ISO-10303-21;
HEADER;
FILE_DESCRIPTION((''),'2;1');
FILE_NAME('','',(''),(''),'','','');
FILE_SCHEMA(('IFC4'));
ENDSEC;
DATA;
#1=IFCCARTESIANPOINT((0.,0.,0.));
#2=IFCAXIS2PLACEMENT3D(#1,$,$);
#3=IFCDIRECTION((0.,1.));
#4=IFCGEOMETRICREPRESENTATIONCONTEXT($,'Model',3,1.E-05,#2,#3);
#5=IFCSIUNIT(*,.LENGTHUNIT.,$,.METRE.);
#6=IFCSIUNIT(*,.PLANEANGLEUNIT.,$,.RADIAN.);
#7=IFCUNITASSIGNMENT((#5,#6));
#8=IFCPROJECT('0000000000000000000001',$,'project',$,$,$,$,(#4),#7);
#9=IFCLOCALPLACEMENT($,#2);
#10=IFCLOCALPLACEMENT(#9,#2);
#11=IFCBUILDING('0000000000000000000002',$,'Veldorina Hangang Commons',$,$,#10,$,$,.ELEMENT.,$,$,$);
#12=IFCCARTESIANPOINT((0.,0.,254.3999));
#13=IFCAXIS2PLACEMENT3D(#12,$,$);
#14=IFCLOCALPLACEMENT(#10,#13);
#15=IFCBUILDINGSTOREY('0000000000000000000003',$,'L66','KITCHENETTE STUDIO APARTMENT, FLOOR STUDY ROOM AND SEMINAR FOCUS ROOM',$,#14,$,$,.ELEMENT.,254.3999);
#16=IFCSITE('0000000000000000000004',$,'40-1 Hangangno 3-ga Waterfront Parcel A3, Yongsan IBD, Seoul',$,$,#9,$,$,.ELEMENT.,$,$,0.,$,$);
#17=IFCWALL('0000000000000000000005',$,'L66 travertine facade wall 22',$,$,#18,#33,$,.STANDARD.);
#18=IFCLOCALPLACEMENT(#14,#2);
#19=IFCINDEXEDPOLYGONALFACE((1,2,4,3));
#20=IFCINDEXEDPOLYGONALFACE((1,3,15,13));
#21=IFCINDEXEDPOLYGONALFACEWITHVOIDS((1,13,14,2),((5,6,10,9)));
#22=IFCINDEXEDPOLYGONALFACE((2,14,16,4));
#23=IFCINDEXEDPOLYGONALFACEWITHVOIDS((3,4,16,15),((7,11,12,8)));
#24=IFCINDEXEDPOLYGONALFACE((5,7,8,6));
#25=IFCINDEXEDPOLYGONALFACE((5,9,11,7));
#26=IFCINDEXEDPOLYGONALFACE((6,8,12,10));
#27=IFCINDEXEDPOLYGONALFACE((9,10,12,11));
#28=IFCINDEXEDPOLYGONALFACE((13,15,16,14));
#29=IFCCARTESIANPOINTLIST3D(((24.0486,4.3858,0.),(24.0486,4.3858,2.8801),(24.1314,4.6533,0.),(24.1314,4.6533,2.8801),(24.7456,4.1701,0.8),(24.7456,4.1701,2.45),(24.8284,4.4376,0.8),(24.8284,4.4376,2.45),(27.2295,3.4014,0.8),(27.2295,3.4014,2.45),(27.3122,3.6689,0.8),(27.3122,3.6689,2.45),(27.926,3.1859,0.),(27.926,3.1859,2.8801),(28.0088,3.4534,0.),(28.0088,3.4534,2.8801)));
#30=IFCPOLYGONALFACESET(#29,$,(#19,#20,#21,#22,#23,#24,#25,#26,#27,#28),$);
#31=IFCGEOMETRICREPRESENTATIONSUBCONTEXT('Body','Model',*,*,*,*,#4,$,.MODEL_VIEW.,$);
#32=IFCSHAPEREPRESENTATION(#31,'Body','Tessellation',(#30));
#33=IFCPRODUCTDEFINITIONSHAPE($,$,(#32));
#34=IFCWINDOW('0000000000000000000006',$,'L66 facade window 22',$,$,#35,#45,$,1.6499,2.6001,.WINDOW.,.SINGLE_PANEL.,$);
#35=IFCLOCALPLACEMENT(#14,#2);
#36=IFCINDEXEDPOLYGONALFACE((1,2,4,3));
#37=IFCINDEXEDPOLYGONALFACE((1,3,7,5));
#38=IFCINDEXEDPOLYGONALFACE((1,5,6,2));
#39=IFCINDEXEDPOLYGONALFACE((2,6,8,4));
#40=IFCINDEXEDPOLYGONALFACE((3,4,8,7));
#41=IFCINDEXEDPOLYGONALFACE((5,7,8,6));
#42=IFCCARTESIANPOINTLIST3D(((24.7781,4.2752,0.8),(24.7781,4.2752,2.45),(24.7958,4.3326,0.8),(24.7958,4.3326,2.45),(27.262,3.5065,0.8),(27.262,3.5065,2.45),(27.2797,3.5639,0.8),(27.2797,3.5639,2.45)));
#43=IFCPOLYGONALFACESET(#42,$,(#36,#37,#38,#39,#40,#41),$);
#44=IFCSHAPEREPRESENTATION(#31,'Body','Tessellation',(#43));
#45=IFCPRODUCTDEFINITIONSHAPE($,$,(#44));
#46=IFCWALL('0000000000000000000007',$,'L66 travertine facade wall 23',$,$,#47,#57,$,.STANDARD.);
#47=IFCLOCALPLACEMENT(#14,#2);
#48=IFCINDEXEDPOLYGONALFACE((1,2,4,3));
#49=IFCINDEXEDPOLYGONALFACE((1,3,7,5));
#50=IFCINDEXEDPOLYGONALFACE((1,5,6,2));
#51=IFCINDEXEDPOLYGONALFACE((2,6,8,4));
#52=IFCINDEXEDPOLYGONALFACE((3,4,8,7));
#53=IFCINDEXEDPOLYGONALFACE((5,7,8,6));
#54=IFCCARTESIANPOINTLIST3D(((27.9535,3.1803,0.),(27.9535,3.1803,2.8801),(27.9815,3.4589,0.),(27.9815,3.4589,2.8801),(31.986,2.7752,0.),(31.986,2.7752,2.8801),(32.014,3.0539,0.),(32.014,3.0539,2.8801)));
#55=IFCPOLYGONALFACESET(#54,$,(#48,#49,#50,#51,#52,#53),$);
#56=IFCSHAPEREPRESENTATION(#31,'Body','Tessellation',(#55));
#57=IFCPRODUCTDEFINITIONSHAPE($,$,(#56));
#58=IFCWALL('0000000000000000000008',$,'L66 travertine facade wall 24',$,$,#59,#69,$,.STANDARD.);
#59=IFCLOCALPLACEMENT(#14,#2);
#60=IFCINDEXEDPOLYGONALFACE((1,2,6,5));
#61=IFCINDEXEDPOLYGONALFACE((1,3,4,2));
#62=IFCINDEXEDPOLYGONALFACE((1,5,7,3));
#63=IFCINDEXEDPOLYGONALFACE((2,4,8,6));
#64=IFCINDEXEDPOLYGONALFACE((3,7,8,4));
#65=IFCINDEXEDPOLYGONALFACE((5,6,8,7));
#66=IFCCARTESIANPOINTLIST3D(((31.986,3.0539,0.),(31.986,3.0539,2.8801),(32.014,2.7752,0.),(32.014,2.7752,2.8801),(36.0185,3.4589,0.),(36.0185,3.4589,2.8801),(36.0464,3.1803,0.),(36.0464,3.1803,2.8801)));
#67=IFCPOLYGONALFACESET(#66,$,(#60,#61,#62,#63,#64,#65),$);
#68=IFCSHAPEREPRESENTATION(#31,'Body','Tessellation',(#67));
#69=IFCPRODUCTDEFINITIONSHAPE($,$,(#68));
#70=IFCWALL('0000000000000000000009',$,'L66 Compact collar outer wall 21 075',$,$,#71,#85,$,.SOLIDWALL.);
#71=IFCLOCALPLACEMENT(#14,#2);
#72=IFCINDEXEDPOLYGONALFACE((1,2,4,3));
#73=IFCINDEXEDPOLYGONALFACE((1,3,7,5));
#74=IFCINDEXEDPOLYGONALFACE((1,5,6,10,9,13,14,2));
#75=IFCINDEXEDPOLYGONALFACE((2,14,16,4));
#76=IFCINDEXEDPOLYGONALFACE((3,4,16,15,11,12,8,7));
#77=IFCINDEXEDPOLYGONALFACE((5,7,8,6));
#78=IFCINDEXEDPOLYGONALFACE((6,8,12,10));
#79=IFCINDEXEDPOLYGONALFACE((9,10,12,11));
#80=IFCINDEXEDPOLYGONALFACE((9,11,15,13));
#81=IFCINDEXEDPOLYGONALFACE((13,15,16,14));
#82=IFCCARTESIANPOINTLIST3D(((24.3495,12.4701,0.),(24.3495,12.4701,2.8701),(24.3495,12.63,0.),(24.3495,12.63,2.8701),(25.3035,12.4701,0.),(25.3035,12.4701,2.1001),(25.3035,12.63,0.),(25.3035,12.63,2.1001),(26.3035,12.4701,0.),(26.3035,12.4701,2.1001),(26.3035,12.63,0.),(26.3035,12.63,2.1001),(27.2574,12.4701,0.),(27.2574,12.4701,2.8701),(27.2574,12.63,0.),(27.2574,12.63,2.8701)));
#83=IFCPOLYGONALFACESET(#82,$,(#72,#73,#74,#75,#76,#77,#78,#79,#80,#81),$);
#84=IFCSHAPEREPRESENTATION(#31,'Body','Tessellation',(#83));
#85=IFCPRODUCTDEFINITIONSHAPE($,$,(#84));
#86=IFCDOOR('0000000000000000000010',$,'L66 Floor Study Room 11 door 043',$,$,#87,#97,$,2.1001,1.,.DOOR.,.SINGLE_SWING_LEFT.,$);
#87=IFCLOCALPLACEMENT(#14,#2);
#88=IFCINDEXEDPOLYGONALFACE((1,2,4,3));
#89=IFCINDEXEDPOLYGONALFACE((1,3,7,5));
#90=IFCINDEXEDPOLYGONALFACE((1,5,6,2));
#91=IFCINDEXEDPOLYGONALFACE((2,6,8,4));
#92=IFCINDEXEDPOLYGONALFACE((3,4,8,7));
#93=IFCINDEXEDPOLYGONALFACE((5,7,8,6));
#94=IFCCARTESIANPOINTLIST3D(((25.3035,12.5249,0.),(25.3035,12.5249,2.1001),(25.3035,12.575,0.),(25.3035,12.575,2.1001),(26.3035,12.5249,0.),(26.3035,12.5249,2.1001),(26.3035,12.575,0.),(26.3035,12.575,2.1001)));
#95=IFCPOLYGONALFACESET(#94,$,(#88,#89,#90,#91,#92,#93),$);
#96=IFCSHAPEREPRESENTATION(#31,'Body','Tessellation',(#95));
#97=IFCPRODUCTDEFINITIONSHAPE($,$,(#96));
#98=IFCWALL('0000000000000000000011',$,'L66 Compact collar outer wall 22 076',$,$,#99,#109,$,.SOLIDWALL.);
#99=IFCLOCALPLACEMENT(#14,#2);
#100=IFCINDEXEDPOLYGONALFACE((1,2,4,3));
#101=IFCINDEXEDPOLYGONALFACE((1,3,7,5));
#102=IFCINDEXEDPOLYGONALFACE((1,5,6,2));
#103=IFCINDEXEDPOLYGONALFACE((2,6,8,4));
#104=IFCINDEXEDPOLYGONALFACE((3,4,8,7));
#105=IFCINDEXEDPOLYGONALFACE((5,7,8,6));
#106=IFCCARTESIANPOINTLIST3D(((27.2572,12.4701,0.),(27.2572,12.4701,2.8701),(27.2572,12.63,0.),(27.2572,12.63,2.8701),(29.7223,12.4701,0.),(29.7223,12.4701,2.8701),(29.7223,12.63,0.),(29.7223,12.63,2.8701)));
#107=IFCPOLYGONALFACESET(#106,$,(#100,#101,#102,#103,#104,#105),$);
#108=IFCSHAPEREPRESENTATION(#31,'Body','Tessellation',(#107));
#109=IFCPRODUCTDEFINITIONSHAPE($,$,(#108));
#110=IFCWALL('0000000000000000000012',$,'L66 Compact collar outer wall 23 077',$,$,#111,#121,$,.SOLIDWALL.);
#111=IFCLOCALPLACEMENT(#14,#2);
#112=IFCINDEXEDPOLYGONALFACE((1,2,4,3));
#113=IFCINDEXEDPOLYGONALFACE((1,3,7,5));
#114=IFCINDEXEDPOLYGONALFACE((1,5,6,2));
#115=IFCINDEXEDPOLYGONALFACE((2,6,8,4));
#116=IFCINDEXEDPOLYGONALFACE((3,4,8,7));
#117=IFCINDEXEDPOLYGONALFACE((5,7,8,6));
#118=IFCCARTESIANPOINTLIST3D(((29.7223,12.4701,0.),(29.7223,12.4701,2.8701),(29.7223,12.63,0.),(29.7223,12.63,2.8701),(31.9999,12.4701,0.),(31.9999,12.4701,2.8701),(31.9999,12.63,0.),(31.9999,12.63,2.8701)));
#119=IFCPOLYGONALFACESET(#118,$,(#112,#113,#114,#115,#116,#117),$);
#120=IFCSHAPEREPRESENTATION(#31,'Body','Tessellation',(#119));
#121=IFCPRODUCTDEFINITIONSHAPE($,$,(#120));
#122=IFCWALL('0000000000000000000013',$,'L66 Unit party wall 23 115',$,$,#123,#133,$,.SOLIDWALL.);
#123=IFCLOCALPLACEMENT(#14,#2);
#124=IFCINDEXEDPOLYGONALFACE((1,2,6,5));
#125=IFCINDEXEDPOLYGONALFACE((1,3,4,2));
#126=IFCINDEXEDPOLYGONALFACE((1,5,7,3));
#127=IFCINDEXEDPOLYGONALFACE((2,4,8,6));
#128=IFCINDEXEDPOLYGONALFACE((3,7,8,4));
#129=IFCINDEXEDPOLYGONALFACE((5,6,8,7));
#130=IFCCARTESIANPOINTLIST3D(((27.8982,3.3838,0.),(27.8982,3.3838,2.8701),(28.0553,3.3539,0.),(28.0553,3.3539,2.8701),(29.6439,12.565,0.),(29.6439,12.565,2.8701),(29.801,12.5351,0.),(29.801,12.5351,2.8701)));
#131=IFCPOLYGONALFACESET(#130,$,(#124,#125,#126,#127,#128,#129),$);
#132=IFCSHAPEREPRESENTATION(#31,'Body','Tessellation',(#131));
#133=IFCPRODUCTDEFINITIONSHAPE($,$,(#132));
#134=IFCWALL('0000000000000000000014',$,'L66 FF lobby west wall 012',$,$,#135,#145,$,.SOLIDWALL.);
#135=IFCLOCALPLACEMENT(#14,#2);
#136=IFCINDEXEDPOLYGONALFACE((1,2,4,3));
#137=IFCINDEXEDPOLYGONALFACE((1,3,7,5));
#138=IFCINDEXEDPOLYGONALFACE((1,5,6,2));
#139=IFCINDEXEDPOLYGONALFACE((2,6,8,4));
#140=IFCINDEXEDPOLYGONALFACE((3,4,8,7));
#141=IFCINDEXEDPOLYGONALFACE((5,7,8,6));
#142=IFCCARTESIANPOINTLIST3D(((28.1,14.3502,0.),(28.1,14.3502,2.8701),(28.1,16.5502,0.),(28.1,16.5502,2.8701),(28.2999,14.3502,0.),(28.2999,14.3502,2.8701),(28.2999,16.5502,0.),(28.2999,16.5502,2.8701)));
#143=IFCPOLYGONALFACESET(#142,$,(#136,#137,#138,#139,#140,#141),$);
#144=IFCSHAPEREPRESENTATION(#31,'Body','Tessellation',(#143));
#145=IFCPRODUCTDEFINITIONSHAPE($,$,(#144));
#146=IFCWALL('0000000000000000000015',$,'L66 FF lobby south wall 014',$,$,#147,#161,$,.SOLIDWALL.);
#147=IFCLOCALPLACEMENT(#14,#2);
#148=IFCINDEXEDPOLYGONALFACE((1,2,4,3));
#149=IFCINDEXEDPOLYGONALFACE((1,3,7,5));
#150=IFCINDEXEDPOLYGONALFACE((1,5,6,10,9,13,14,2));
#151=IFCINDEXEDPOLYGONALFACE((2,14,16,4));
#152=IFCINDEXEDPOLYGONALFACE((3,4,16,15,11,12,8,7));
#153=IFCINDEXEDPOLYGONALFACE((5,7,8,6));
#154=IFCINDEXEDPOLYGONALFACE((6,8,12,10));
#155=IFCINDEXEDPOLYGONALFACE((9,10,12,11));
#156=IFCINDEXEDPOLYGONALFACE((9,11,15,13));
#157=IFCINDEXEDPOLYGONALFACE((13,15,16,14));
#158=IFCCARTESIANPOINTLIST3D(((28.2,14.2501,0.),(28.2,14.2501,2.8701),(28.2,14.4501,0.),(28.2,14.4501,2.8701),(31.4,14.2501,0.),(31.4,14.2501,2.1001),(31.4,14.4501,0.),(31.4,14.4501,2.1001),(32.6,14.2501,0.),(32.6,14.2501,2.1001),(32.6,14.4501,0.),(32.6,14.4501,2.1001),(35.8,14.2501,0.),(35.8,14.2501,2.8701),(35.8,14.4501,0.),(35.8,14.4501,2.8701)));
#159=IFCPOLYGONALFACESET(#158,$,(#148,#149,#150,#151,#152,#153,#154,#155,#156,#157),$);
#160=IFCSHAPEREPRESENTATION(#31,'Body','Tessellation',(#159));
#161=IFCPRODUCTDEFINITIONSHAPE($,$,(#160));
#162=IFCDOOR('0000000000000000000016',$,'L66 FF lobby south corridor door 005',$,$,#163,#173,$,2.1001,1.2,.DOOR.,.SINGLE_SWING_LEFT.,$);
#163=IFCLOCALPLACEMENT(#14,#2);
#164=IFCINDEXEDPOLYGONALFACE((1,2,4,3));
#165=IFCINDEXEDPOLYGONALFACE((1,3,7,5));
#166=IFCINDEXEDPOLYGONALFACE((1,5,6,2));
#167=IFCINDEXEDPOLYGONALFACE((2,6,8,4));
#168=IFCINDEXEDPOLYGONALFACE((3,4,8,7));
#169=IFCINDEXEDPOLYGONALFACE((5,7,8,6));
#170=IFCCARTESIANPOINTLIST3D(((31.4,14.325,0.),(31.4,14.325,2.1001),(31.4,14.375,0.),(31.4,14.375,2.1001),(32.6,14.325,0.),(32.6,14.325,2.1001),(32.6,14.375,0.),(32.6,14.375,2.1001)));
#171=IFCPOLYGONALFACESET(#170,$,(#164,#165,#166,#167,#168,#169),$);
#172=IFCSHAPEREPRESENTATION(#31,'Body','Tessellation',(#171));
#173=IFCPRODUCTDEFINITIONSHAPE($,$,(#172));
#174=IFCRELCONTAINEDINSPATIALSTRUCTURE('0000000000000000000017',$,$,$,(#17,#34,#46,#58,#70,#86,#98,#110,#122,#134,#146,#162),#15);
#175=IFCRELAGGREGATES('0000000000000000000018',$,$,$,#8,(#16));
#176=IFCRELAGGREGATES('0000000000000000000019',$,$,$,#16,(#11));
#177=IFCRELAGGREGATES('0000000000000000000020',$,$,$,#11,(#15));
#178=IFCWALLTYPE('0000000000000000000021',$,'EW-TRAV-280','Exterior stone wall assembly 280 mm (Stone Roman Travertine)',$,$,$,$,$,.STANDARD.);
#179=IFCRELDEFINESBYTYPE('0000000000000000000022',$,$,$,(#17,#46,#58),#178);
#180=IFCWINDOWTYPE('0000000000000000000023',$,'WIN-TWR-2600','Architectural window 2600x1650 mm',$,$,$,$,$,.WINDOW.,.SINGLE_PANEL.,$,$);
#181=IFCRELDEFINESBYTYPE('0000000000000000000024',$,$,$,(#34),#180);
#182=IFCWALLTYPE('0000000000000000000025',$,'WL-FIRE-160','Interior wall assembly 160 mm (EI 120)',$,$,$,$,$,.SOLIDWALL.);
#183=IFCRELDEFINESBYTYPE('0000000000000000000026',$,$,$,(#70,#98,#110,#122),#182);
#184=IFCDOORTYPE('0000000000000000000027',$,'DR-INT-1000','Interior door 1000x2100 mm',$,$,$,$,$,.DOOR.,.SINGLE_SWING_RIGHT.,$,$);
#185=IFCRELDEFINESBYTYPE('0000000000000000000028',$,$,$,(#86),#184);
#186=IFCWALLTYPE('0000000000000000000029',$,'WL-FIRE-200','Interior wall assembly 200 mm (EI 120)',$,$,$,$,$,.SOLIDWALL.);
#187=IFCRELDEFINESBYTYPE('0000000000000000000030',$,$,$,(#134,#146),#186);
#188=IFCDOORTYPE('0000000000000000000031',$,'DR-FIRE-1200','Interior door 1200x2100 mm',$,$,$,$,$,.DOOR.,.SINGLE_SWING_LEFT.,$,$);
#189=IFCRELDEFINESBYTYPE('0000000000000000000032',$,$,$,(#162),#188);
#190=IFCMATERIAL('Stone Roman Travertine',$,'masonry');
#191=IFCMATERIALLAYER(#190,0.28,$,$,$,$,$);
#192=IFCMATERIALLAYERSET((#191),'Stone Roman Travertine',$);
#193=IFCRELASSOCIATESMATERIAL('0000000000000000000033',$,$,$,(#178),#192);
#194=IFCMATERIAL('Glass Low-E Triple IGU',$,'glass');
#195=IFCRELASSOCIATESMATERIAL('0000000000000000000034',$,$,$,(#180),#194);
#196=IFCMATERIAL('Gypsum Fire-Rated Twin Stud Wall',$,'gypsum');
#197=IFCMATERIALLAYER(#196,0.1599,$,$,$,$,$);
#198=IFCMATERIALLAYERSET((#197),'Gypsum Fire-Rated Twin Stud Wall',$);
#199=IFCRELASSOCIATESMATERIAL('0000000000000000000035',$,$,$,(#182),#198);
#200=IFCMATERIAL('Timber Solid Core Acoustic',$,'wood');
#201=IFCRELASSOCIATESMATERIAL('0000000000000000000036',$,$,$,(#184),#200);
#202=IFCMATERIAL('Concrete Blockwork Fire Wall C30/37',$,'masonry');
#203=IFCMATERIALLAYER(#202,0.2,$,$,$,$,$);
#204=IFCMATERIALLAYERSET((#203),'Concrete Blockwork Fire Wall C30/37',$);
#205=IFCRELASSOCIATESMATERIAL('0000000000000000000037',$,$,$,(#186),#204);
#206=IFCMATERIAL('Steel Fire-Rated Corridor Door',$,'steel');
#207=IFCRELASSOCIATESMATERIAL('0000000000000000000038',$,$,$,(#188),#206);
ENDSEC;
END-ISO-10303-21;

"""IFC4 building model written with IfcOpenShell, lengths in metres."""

from ifc_helpers import new_model, si_unit, direction, frame, frame_2d, origin, place, context, subcontext, project, spatial, rectangle, extrude, material, layer, layer_set, type_object, element, fill, save


model = new_model("IFC4")

# Units and contexts
model_context = context("Model", 3, precision=1e-05, world=origin(), true_north=direction((0.0, 1.0)))
body_context = subcontext(model_context, "Body", "Model", "MODEL_VIEW")
ifc_project = project(units=[si_unit("LENGTHUNIT", "METRE"), si_unit("PLANEANGLEUNIT", "RADIAN")], contexts=[model_context])

# Site, building, storey
site_placement = place(None, origin())
site = spatial("IfcSite", under=ifc_project, at=site_placement, Name="40-1 Hangangno 3-ga Waterfront Parcel A3, Yongsan IBD, Seoul", CompositionType="ELEMENT", RefElevation=0.0)
building_placement = place(site_placement, origin())
building = spatial("IfcBuilding", under=site, at=building_placement, Name="Veldorina Hangang Commons", CompositionType="ELEMENT")
storey_placement = place(building_placement, frame((0.0, 0.0, 254.3999)))
storey = spatial("IfcBuildingStorey", under=building, at=storey_placement, Name="L66", Description="KITCHENETTE STUDIO APARTMENT, FLOOR STUDY ROOM AND SEMINAR FOCUS ROOM", CompositionType="ELEMENT", Elevation=254.3999)

# Wall, opening, window
ifc_material_1 = material(Name="Stone Roman Travertine", Category="masonry")
ifc_layer_1 = layer(ifc_material_1, 0.28)
ifc_layer_set_1 = layer_set([ifc_layer_1], Name="Stone Roman Travertine")
wall_type_1 = type_object("IfcWallType", Name="EW-TRAV-280", Description="Exterior stone wall assembly 280 mm (Stone Roman Travertine)", PredefinedType="STANDARD", material=ifc_layer_set_1)
wall_1_placement = place(storey_placement, frame((24.0901, 4.5195, 0.0), z_axis=(0.0, 0.0, 1.0), x_axis=(0.9553, -0.295637, 0.0)))
wall_1 = element("IfcWall", 1, at=wall_1_placement, inside=storey, type_object=wall_type_1, Name="L66 travertine facade wall 22", PredefinedType="STANDARD", context=body_context, shape_type="SweptSolid", body=[
    extrude(rectangle(XDim=4.0588, YDim=0.28, at=frame_2d((2.0293, 0.0))), origin(), (0.0, 0.0, 1.0), 2.8801),
])
opening_1_placement = place(wall_1_placement, frame((0.7295, 0.0, 0.8)))
opening_1 = element("IfcOpeningElement", 2, at=opening_1_placement, cuts=wall_1, PredefinedType="OPENING", context=body_context, shape_type="SweptSolid", body=[
    extrude(rectangle(XDim=2.6001, YDim=1.6499, at=frame_2d((1.3, 0.825))), frame((0.0, 0.1499, 0.0), z_axis=(0.0, -1.0, 0.0), x_axis=(1.0, 0.0, 0.0)), (0.0, 0.0, 1.0), 0.3),
])
ifc_material_2 = material(Name="Glass Low-E Triple IGU", Category="glass")
window_type = type_object("IfcWindowType", Name="WIN-TWR-2600", Description="Architectural window 2600x1650 mm", PartitioningType="SINGLE_PANEL", PredefinedType="WINDOW", material=ifc_material_2)
window_placement = place(opening_1_placement, origin())
window = element("IfcWindow", 3, at=window_placement, inside=storey, type_object=window_type, Name="L66 facade window 22", OverallHeight=1.6499, OverallWidth=2.6001, PartitioningType="SINGLE_PANEL", PredefinedType="WINDOW", context=body_context, shape_type="SweptSolid", body=[
    extrude(rectangle(XDim=2.6001, YDim=1.6499, at=frame_2d((1.3, 0.825))), frame((0.0, 0.03, 0.0), z_axis=(0.0, -1.0, 0.0), x_axis=(1.0, 0.0, 0.0)), (0.0, 0.0, 1.0), 0.0601),
])
fill(opening_1, window)

# Walls
for number, where, z_axis, x_axis, name in (
    (4, (27.9675, 3.3196, 0.0), (0.0, 0.0, 1.0), (0.994994, -0.099939, 0.0), "L66 travertine facade wall 23"),
    (5, (32.0, 2.9146, 0.0), (0.0, 0.0, 1.0), (0.994994, 0.099939, 0.0), "L66 travertine facade wall 24"),
):
    element("IfcWall", number, at=place(storey_placement, frame(where, z_axis=z_axis, x_axis=x_axis)), inside=storey, type_object=wall_type_1, Name=name, PredefinedType="STANDARD", context=body_context, shape_type="SweptSolid", body=[
        extrude(rectangle(XDim=4.0527, YDim=0.28, at=frame_2d((2.0264, 0.0))), origin(), (0.0, 0.0, 1.0), 2.8801),
    ])

# Wall, opening, door
ifc_material_3 = material(Name="Gypsum Fire-Rated Twin Stud Wall", Category="gypsum")
ifc_layer_2 = layer(ifc_material_3, 0.1599)
ifc_layer_set_2 = layer_set([ifc_layer_2], Name="Gypsum Fire-Rated Twin Stud Wall")
wall_type_2 = type_object("IfcWallType", Name="WL-FIRE-160", Description="Interior wall assembly 160 mm (EI 120)", PredefinedType="SOLIDWALL", material=ifc_layer_set_2)
wall_2_placement = place(storey_placement, frame((24.3494, 12.55, 0.0), z_axis=(0.0, 0.0, 1.0), x_axis=(1.0, 0.0, 0.0)))
wall_2 = element("IfcWall", 6, at=wall_2_placement, inside=storey, type_object=wall_type_2, Name="L66 Compact collar outer wall 21 075", PredefinedType="SOLIDWALL", context=body_context, shape_type="SweptSolid", body=[
    extrude(rectangle(XDim=2.908, YDim=0.1599, at=frame_2d((1.4541, 0.0))), origin(), (0.0, 0.0, 1.0), 2.8701),
])
opening_2_placement = place(wall_2_placement, frame((0.9541, 0.0, 0.0)))
opening_2 = element("IfcOpeningElement", 7, at=opening_2_placement, cuts=wall_2, PredefinedType="OPENING", context=body_context, shape_type="SweptSolid", body=[
    extrude(rectangle(XDim=1.0, YDim=2.1001, at=frame_2d((0.5, 1.05))), frame((0.0, 0.0898, 0.0), z_axis=(0.0, -1.0, 0.0), x_axis=(1.0, 0.0, 0.0)), (0.0, 0.0, 1.0), 0.1799),
])
ifc_material_4 = material(Name="Timber Solid Core Acoustic", Category="wood")
door_type_1 = type_object("IfcDoorType", Name="DR-INT-1000", Description="Interior door 1000x2100 mm", OperationType="SINGLE_SWING_RIGHT", PredefinedType="DOOR", material=ifc_material_4)
door_1_placement = place(opening_2_placement, origin())
door_1 = element("IfcDoor", 8, at=door_1_placement, inside=storey, type_object=door_type_1, Name="L66 Floor Study Room 11 door 043", OperationType="SINGLE_SWING_LEFT", OverallHeight=2.1001, OverallWidth=1.0, PredefinedType="DOOR", context=body_context, shape_type="SweptSolid", body=[
    extrude(rectangle(XDim=1.0, YDim=2.1001, at=frame_2d((0.5, 1.05))), frame((0.0, 0.0249, 0.0), z_axis=(0.0, -1.0, 0.0), x_axis=(1.0, 0.0, 0.0)), (0.0, 0.0, 1.0), 0.05),
])
fill(opening_2, door_1)

# Walls
wall_3_placement = place(storey_placement, frame((27.2573, 12.55, 0.0), z_axis=(0.0, 0.0, 1.0), x_axis=(1.0, 0.0, 0.0)))
element("IfcWall", 9, at=wall_3_placement, inside=storey, type_object=wall_type_2, Name="L66 Compact collar outer wall 22 076", PredefinedType="SOLIDWALL", context=body_context, shape_type="SweptSolid", body=[
    extrude(rectangle(XDim=2.4651, YDim=0.1599, at=frame_2d((1.2324, 0.0))), origin(), (0.0, 0.0, 1.0), 2.8701),
])
wall_4_placement = place(storey_placement, frame((29.7224, 12.55, 0.0), z_axis=(0.0, 0.0, 1.0), x_axis=(1.0, 0.0, 0.0)))
element("IfcWall", 10, at=wall_4_placement, inside=storey, type_object=wall_type_2, Name="L66 Compact collar outer wall 23 077", PredefinedType="SOLIDWALL", context=body_context, shape_type="SweptSolid", body=[
    extrude(rectangle(XDim=2.2776, YDim=0.1599, at=frame_2d((1.1387, 0.0))), origin(), (0.0, 0.0, 1.0), 2.8701),
])
wall_5_placement = place(storey_placement, frame((29.7224, 12.55, 0.0), z_axis=(0.0, 0.0, 1.0), x_axis=(-0.186783, -0.982401, 0.0)))
element("IfcWall", 11, at=wall_5_placement, inside=storey, type_object=wall_type_2, Name="L66 Unit party wall 23 115", PredefinedType="SOLIDWALL", context=body_context, shape_type="SweptSolid", body=[
    extrude(rectangle(XDim=9.3457, YDim=0.1599, at=frame_2d((4.6729, 0.0))), origin(), (0.0, 0.0, 1.0), 2.8701),
])
ifc_material_5 = material(Name="Concrete Blockwork Fire Wall C30/37", Category="masonry")
ifc_layer_3 = layer(ifc_material_5, 0.2)
ifc_layer_set_3 = layer_set([ifc_layer_3], Name="Concrete Blockwork Fire Wall C30/37")
wall_type_3 = type_object("IfcWallType", Name="WL-FIRE-200", Description="Interior wall assembly 200 mm (EI 120)", PredefinedType="SOLIDWALL", material=ifc_layer_set_3)
wall_6_placement = place(storey_placement, frame((28.2, 14.3501, 0.0), z_axis=(0.0, 0.0, 1.0), x_axis=(0.0, 1.0, 0.0)))
element("IfcWall", 12, at=wall_6_placement, inside=storey, type_object=wall_type_3, Name="L66 FF lobby west wall 012", PredefinedType="SOLIDWALL", context=body_context, shape_type="SweptSolid", body=[
    extrude(rectangle(XDim=2.2, YDim=0.2, at=frame_2d((1.1001, 0.0))), origin(), (0.0, 0.0, 1.0), 2.8701),
])

# Wall, opening, door
wall_7_placement = place(storey_placement, frame((28.2, 14.3501, 0.0), z_axis=(0.0, 0.0, 1.0), x_axis=(1.0, 0.0, 0.0)))
wall_7 = element("IfcWall", 13, at=wall_7_placement, inside=storey, type_object=wall_type_3, Name="L66 FF lobby south wall 014", PredefinedType="SOLIDWALL", context=body_context, shape_type="SweptSolid", body=[
    extrude(rectangle(XDim=7.6001, YDim=0.2, at=frame_2d((3.8, 0.0))), origin(), (0.0, 0.0, 1.0), 2.8701),
])
opening_3_placement = place(wall_7_placement, frame((3.2, 0.0, 0.0)))
opening_3 = element("IfcOpeningElement", 14, at=opening_3_placement, cuts=wall_7, PredefinedType="OPENING", context=body_context, shape_type="SweptSolid", body=[
    extrude(rectangle(XDim=1.2, YDim=2.1001, at=frame_2d((0.6001, 1.05))), frame((0.0, 0.1099, 0.0), z_axis=(0.0, -1.0, 0.0), x_axis=(1.0, 0.0, 0.0)), (0.0, 0.0, 1.0), 0.22),
])
ifc_material_6 = material(Name="Steel Fire-Rated Corridor Door", Category="steel")
door_type_2 = type_object("IfcDoorType", Name="DR-FIRE-1200", Description="Interior door 1200x2100 mm", OperationType="SINGLE_SWING_LEFT", PredefinedType="DOOR", material=ifc_material_6)
door_2_placement = place(opening_3_placement, origin())
door_2 = element("IfcDoor", 15, at=door_2_placement, inside=storey, type_object=door_type_2, Name="L66 FF lobby south corridor door 005", OperationType="SINGLE_SWING_LEFT", OverallHeight=2.1001, OverallWidth=1.2, PredefinedType="DOOR", context=body_context, shape_type="SweptSolid", body=[
    extrude(rectangle(XDim=1.2, YDim=2.1001, at=frame_2d((0.6001, 1.05))), frame((0.0, 0.0249, 0.0), z_axis=(0.0, -1.0, 0.0), x_axis=(1.0, 0.0, 0.0)), (0.0, 0.0, 1.0), 0.05),
])
fill(opening_3, door_2)

save(model, "model.ifc")
